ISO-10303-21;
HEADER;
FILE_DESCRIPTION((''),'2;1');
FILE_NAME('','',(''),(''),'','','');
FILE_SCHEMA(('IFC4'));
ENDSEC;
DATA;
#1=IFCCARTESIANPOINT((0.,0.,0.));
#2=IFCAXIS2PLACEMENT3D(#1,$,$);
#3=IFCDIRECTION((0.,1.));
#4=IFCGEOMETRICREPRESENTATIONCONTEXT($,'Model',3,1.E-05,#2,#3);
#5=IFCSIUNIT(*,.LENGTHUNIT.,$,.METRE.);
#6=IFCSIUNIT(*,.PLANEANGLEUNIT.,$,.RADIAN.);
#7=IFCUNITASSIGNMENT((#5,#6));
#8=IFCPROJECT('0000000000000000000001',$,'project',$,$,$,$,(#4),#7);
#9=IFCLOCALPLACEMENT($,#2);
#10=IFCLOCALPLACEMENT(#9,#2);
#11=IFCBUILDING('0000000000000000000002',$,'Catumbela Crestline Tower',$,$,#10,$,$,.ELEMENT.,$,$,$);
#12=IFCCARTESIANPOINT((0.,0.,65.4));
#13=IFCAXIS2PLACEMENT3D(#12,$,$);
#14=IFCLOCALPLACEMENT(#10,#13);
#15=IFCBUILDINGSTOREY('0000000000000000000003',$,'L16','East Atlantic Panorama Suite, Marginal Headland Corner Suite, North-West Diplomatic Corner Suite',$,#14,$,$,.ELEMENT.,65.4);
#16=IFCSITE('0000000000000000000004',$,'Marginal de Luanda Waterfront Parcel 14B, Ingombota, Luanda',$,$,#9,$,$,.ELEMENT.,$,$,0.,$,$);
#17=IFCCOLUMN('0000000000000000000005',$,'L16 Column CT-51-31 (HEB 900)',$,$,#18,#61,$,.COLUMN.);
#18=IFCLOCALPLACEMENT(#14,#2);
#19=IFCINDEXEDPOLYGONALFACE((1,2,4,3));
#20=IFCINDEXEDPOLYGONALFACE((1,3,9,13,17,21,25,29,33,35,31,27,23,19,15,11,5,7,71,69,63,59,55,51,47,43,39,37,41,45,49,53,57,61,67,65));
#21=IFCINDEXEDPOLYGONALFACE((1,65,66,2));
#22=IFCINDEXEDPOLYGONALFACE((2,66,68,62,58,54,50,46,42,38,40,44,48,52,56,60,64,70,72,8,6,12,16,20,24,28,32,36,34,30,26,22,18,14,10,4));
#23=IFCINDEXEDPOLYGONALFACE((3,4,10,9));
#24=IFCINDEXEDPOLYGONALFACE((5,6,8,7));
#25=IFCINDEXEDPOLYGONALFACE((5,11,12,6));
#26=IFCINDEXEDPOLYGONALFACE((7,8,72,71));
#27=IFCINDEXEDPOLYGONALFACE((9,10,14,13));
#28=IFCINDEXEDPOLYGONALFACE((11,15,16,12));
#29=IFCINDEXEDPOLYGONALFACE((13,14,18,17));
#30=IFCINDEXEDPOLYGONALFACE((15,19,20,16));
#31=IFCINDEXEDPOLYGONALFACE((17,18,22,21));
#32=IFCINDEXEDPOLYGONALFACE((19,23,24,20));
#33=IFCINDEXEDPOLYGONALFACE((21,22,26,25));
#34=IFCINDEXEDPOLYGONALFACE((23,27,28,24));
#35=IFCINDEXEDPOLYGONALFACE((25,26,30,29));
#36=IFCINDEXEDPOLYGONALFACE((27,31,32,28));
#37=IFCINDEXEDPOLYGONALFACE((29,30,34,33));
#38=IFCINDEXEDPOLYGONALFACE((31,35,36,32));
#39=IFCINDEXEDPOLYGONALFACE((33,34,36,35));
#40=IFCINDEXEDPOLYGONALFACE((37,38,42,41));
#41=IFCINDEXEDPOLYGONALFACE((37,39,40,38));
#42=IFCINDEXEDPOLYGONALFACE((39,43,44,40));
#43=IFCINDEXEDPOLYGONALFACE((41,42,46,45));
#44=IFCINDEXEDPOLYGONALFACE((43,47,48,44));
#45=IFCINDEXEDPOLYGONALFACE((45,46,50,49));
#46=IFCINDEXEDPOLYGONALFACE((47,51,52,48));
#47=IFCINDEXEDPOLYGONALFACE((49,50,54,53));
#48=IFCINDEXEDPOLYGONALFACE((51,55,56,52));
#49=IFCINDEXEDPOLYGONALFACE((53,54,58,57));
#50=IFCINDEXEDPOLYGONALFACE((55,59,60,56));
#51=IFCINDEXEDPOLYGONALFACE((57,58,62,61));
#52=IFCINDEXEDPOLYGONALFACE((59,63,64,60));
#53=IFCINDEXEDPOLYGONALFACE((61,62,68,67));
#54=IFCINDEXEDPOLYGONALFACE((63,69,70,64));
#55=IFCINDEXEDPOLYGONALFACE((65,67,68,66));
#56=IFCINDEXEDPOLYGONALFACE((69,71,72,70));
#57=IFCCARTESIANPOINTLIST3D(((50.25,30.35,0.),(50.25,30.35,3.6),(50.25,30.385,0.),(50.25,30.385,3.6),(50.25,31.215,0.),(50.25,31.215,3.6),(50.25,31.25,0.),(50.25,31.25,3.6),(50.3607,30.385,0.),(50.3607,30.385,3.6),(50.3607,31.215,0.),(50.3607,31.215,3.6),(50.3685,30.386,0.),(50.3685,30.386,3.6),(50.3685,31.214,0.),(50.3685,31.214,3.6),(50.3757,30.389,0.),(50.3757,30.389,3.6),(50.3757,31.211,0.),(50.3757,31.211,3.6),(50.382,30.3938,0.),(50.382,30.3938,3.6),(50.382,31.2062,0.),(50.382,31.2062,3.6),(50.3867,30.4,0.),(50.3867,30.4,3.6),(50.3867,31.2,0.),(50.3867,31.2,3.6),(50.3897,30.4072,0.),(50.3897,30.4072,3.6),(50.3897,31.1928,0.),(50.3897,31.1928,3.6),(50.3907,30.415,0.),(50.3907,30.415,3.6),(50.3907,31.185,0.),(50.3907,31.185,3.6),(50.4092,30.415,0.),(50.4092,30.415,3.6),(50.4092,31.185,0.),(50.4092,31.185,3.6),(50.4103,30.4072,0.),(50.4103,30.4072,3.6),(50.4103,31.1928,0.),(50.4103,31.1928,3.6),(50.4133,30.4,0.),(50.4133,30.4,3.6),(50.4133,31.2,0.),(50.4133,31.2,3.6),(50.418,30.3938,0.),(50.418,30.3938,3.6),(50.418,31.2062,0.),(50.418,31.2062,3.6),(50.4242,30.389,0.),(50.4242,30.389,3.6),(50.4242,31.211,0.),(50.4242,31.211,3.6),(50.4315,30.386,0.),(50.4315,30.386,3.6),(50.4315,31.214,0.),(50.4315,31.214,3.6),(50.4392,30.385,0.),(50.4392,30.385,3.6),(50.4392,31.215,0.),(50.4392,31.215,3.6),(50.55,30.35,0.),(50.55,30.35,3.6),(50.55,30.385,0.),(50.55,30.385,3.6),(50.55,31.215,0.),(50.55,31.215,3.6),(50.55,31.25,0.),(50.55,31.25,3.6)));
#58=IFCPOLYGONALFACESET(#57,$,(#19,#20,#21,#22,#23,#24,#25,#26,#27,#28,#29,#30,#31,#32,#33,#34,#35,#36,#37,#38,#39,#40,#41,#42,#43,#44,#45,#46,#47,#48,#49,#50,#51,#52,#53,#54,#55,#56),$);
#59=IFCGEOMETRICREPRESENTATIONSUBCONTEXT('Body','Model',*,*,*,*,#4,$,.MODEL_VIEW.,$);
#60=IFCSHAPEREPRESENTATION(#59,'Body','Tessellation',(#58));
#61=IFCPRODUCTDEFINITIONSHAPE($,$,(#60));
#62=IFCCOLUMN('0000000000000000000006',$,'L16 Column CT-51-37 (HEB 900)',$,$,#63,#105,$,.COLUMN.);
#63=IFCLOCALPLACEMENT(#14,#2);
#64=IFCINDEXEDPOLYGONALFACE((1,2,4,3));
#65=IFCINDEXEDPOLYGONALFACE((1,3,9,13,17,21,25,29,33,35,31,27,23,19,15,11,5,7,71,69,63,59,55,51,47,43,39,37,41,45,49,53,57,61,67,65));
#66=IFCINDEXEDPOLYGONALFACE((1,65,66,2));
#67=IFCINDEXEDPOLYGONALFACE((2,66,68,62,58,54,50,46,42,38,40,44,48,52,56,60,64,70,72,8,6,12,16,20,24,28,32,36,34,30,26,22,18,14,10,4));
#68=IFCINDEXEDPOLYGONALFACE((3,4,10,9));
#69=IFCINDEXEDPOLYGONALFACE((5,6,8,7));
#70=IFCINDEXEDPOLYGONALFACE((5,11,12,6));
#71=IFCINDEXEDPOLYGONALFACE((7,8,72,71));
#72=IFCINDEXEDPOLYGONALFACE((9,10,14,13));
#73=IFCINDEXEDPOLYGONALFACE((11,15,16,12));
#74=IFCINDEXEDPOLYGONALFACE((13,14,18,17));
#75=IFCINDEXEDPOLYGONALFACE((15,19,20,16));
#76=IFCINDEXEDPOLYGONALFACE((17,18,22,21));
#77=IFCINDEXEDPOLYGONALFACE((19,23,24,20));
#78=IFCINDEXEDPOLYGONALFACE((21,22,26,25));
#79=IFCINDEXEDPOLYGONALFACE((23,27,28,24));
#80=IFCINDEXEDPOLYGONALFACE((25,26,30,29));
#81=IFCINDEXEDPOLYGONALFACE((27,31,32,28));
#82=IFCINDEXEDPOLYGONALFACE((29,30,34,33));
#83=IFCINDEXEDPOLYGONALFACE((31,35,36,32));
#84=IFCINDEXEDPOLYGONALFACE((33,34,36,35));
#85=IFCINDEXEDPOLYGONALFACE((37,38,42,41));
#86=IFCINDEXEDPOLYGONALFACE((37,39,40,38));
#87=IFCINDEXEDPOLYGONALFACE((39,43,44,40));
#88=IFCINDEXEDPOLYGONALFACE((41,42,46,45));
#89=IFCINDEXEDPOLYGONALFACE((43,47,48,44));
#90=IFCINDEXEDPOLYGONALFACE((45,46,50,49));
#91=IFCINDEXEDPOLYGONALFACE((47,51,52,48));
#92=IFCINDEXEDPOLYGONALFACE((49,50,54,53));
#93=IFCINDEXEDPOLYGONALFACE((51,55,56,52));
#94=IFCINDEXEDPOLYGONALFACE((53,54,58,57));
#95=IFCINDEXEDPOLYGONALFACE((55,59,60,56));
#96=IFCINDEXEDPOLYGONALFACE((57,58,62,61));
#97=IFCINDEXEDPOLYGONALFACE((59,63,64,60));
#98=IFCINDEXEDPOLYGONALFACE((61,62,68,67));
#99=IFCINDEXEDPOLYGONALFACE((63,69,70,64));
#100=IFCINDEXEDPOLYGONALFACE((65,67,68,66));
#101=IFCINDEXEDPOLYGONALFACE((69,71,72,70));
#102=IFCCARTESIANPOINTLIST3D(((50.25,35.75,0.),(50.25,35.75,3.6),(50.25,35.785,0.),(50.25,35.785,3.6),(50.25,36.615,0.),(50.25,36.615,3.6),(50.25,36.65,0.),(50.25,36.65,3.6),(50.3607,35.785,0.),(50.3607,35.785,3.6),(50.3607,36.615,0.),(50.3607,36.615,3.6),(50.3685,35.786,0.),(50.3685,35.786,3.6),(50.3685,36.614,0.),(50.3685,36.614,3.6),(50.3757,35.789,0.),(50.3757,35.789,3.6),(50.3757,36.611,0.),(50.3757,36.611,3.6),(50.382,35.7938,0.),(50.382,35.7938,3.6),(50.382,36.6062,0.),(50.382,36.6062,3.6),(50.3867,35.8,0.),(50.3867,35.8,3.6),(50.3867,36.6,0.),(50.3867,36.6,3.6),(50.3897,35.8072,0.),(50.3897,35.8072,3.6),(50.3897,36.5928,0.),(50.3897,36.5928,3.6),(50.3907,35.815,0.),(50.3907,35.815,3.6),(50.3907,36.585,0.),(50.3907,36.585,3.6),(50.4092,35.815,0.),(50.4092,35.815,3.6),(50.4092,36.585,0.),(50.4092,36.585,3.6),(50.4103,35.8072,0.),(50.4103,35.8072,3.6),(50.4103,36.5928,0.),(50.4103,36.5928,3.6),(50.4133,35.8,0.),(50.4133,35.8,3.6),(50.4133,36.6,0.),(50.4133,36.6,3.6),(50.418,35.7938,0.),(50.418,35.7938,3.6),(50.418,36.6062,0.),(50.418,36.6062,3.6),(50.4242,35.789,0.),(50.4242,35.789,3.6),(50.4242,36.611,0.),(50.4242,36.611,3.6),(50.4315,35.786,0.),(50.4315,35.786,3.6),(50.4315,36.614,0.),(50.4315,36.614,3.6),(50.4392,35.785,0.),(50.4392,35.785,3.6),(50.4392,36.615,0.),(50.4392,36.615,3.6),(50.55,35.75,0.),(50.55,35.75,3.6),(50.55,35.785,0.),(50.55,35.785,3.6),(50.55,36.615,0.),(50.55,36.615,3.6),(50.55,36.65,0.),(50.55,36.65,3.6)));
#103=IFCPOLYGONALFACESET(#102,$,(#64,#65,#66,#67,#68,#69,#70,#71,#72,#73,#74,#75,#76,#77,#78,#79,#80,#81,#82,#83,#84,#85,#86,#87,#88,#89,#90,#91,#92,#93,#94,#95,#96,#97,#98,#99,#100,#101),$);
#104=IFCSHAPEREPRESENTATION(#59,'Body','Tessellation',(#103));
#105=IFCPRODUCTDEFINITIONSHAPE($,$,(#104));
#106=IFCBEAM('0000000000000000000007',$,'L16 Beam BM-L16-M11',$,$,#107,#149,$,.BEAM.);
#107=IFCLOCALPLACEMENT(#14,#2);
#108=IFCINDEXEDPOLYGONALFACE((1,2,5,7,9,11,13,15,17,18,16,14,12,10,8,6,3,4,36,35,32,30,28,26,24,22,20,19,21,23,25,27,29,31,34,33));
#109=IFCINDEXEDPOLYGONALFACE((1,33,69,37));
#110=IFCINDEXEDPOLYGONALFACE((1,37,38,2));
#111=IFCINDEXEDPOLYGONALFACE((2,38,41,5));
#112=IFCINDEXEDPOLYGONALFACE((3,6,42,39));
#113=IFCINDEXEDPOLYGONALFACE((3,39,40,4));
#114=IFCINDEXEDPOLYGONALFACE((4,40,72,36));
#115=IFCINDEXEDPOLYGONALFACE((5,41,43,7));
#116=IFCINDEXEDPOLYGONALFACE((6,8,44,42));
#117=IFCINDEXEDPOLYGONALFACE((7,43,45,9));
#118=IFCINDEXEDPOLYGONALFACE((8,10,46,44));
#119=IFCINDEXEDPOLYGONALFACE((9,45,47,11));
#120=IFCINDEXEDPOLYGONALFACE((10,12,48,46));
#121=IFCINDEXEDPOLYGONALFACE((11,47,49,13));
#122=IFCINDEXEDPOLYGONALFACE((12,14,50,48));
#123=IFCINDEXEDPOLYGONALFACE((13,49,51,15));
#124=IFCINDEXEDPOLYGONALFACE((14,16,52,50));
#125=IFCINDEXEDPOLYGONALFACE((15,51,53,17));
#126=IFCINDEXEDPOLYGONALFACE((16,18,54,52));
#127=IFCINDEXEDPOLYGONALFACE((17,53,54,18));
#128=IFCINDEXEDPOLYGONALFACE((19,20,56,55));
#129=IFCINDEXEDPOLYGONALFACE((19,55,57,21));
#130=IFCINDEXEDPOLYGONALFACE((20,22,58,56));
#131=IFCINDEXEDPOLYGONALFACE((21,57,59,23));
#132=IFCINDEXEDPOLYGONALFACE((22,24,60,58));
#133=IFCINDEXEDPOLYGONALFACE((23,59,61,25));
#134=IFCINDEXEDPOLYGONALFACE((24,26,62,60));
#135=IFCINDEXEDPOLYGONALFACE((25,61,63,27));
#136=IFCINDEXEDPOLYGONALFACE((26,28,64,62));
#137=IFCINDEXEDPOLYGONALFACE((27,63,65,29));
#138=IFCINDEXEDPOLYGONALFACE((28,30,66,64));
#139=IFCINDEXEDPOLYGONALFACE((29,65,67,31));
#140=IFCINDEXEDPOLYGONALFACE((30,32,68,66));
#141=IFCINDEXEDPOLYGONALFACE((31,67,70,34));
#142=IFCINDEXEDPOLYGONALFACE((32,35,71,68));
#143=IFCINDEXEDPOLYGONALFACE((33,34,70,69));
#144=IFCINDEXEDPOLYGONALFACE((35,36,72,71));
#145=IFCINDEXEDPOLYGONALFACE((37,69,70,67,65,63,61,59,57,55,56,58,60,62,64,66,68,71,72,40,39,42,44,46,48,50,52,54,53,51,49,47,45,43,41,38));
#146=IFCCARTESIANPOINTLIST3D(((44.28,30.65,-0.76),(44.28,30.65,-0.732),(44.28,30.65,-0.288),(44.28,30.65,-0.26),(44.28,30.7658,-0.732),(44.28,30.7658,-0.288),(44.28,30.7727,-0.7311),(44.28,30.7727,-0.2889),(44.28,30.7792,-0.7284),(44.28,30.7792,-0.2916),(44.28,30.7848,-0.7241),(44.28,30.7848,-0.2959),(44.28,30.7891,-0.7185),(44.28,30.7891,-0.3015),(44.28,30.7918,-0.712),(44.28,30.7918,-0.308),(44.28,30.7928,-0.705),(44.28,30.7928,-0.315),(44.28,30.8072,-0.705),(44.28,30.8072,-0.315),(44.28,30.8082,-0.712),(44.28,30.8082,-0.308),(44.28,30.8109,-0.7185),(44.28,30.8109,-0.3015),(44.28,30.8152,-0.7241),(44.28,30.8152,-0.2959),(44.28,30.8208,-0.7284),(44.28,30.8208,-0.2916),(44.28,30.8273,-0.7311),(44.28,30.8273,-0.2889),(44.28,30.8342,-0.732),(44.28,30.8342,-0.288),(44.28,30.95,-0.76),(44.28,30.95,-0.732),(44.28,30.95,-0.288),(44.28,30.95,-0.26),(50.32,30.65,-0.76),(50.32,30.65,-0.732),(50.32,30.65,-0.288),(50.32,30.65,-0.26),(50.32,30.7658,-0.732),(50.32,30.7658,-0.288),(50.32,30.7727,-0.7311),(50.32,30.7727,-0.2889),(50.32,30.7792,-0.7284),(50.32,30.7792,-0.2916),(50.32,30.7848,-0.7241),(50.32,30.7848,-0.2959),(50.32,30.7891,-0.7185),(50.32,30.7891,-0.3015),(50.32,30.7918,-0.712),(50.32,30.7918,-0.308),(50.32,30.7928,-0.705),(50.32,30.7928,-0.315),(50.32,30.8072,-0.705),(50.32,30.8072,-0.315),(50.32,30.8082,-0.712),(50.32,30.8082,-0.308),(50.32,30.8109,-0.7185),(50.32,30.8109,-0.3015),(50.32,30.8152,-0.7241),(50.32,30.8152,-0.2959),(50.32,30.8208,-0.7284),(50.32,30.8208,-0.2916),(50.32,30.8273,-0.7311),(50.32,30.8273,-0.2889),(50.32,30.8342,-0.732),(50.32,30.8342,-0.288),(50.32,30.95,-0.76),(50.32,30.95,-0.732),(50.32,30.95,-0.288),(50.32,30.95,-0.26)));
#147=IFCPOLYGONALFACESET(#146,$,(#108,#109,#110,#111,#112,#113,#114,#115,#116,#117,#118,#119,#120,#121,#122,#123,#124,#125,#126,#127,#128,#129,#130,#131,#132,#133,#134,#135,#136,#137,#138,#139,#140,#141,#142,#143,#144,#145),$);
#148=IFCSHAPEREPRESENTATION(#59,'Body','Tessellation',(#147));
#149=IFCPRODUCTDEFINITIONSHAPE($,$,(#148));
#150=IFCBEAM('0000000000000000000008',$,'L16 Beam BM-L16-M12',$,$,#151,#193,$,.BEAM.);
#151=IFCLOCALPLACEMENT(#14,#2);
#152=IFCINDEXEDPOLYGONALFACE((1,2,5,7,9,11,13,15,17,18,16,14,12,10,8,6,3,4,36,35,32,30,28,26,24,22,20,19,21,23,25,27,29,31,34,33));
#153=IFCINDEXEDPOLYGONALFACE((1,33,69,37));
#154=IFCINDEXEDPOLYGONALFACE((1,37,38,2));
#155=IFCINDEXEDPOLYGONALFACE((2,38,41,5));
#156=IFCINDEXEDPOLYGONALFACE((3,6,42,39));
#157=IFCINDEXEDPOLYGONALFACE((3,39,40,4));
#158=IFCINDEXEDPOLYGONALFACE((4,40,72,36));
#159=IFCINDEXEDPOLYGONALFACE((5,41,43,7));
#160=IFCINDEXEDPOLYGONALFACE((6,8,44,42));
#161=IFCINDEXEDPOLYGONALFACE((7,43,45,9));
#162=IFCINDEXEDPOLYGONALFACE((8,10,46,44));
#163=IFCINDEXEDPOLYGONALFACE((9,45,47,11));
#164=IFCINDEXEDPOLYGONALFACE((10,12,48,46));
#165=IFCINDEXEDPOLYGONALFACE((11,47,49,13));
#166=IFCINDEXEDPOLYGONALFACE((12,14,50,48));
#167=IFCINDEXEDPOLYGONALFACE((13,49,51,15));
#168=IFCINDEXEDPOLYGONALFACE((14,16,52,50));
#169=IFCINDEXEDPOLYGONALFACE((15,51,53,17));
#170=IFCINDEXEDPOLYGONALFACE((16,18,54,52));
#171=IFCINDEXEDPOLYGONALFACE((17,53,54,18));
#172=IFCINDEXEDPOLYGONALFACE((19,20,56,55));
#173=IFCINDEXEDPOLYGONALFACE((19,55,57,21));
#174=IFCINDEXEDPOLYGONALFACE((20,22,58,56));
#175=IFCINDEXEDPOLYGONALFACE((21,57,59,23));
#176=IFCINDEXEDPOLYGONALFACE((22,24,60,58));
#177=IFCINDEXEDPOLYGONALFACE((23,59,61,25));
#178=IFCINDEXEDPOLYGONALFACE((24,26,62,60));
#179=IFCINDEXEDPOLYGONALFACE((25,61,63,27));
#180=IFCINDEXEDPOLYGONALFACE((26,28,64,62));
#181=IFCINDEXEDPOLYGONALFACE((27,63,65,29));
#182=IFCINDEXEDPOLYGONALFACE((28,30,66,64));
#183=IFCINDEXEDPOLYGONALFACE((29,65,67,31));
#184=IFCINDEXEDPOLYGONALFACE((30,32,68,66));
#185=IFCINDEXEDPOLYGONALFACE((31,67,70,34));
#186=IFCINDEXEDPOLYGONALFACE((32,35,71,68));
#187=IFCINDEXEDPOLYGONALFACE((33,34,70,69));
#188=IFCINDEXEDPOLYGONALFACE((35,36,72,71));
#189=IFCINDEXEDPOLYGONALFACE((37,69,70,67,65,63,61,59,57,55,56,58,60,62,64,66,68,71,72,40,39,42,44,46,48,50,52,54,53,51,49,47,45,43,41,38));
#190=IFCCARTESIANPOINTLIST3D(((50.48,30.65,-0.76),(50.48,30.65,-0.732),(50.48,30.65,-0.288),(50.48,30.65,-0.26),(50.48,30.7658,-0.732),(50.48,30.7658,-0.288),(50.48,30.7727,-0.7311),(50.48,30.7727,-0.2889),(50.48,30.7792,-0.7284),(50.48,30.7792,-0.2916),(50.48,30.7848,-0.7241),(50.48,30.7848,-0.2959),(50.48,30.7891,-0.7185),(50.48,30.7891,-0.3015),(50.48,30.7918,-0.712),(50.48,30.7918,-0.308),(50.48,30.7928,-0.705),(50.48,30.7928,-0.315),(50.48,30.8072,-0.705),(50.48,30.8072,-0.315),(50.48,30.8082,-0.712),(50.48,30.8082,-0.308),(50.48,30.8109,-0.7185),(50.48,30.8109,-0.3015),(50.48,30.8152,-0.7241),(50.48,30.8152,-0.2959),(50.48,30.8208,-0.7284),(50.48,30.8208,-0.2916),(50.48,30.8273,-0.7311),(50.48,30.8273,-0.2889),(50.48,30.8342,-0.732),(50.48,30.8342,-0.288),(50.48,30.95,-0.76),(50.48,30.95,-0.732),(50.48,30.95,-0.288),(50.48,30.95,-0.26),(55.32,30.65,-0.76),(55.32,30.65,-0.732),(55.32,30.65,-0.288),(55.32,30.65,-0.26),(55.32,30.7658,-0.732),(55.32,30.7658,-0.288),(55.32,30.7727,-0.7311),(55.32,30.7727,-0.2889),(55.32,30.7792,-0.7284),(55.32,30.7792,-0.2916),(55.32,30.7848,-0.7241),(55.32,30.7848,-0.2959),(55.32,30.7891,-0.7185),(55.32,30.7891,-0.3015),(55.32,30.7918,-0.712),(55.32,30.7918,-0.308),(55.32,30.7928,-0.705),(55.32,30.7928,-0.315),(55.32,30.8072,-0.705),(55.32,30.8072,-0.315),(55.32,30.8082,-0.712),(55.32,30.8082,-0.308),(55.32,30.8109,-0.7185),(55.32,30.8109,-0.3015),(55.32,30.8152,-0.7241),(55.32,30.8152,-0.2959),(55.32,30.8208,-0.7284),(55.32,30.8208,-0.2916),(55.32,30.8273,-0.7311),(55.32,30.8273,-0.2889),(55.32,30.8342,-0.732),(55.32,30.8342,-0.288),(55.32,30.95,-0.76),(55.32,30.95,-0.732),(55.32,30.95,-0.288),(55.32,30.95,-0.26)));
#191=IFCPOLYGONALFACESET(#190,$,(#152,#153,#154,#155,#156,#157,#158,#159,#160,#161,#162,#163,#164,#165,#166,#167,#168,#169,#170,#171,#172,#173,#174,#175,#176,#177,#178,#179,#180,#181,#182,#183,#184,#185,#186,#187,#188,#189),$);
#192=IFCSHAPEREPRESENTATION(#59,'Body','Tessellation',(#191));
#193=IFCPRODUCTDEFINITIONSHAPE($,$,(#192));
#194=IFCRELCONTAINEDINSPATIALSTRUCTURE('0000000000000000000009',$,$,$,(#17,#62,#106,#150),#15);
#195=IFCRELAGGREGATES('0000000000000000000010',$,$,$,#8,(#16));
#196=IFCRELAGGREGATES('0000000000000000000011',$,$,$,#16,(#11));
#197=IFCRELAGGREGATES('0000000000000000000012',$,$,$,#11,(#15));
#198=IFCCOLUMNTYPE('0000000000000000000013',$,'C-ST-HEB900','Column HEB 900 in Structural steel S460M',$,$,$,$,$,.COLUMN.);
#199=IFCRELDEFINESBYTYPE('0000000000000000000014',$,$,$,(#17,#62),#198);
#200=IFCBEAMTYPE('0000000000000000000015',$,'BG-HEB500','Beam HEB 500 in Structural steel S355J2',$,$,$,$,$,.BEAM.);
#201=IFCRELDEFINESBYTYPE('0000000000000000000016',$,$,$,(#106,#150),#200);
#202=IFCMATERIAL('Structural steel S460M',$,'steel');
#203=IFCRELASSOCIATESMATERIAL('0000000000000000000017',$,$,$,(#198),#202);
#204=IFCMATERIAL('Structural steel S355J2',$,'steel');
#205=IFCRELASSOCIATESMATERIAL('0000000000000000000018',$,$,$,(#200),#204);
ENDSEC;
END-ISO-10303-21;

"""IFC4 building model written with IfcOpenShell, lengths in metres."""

from ifc_helpers import new_model, si_unit, direction, frame, origin, origin_2d, place, context, subcontext, project, spatial, i_section, extrude, material, material_profile, profile_set, type_object, element, save


model = new_model("IFC4")

# Units and contexts
model_context = context("Model", 3, precision=1e-05, world=origin(), true_north=direction((0.0, 1.0)))
body_context = subcontext(model_context, "Body", "Model", "MODEL_VIEW")
ifc_project = project(units=[si_unit("LENGTHUNIT", "METRE"), si_unit("PLANEANGLEUNIT", "RADIAN")], contexts=[model_context])

# Site, building, storey
site_placement = place(None, origin())
site = spatial("IfcSite", under=ifc_project, at=site_placement, Name="Marginal de Luanda Waterfront Parcel 14B, Ingombota, Luanda", CompositionType="ELEMENT", RefElevation=0.0)
building_placement = place(site_placement, origin())
building = spatial("IfcBuilding", under=site, at=building_placement, Name="Catumbela Crestline Tower", CompositionType="ELEMENT")
storey_placement = place(building_placement, frame((0.0, 0.0, 65.4)))
storey = spatial("IfcBuildingStorey", under=building, at=storey_placement, Name="L16", Description="East Atlantic Panorama Suite, Marginal Headland Corner Suite, North-West Diplomatic Corner Suite", CompositionType="ELEMENT", Elevation=65.4)

# Columns
ifc_material_1 = material(Name="Structural steel S460M", Category="steel")
ifc_material_profile_1 = material_profile(ifc_material_1, i_section(OverallWidth=0.3, OverallDepth=0.9, WebThickness=0.0185, FlangeThickness=0.035, FilletRadius=0.03, at=origin_2d()), Name="HEB 900")
ifc_profile_set_1 = profile_set([ifc_material_profile_1], Name="Structural steel S460M")
column_type_1 = type_object("IfcColumnType", Name="C-ST-HEB900", Description="Column HEB 900 in Structural steel S460M", PredefinedType="COLUMN", material=ifc_profile_set_1)
for number, where, z_axis, x_axis, name in (
    (1, (50.4, 30.8, 0.0), (0.0, 0.0, 1.0), (1.0, 0.0, 0.0), "L16 Column CT-51-31 (HEB 900)"),
    (2, (50.4, 36.2, 0.0), (0.0, 0.0, 1.0), (1.0, 0.0, 0.0), "L16 Column CT-51-37 (HEB 900)"),
):
    element("IfcColumn", number, at=place(storey_placement, frame(where, z_axis=z_axis, x_axis=x_axis)), inside=storey, type_object=column_type_1, Name=name, PredefinedType="COLUMN", context=body_context, shape_type="SweptSolid", body=[
        extrude(i_section(OverallWidth=0.3, OverallDepth=0.9, WebThickness=0.0185, FlangeThickness=0.035, FilletRadius=0.03, at=origin_2d()), origin(), (0.0, 0.0, 1.0), 3.6),
    ])

# Beams
ifc_material_2 = material(Name="Structural steel S355J2", Category="steel")
ifc_material_profile_2 = material_profile(ifc_material_2, i_section(OverallWidth=0.3, OverallDepth=0.5, WebThickness=0.0145, FlangeThickness=0.028, FilletRadius=0.027, at=origin_2d()), Name="HEB 500")
ifc_profile_set_2 = profile_set([ifc_material_profile_2], Name="Structural steel S355J2")
beam_type_1 = type_object("IfcBeamType", Name="BG-HEB500", Description="Beam HEB 500 in Structural steel S355J2", PredefinedType="BEAM", material=ifc_profile_set_2)
beam_1_placement = place(storey_placement, frame((44.28, 30.8, -0.51), z_axis=(1.0, 0.0, 0.0), x_axis=(0.0, 1.0, 0.0)))
element("IfcBeam", 3, at=beam_1_placement, inside=storey, type_object=beam_type_1, Name="L16 Beam BM-L16-M11", PredefinedType="BEAM", context=body_context, shape_type="SweptSolid", body=[
    extrude(i_section(OverallWidth=0.3, OverallDepth=0.5, WebThickness=0.0145, FlangeThickness=0.028, FilletRadius=0.027, at=origin_2d()), origin(), (0.0, 0.0, 1.0), 6.04),
])
beam_2_placement = place(storey_placement, frame((50.48, 30.8, -0.51), z_axis=(1.0, 0.0, 0.0), x_axis=(0.0, 1.0, 0.0)))
element("IfcBeam", 4, at=beam_2_placement, inside=storey, type_object=beam_type_1, Name="L16 Beam BM-L16-M12", PredefinedType="BEAM", context=body_context, shape_type="SweptSolid", body=[
    extrude(i_section(OverallWidth=0.3, OverallDepth=0.5, WebThickness=0.0145, FlangeThickness=0.028, FilletRadius=0.027, at=origin_2d()), origin(), (0.0, 0.0, 1.0), 4.84),
])

save(model, "model.ifc")
